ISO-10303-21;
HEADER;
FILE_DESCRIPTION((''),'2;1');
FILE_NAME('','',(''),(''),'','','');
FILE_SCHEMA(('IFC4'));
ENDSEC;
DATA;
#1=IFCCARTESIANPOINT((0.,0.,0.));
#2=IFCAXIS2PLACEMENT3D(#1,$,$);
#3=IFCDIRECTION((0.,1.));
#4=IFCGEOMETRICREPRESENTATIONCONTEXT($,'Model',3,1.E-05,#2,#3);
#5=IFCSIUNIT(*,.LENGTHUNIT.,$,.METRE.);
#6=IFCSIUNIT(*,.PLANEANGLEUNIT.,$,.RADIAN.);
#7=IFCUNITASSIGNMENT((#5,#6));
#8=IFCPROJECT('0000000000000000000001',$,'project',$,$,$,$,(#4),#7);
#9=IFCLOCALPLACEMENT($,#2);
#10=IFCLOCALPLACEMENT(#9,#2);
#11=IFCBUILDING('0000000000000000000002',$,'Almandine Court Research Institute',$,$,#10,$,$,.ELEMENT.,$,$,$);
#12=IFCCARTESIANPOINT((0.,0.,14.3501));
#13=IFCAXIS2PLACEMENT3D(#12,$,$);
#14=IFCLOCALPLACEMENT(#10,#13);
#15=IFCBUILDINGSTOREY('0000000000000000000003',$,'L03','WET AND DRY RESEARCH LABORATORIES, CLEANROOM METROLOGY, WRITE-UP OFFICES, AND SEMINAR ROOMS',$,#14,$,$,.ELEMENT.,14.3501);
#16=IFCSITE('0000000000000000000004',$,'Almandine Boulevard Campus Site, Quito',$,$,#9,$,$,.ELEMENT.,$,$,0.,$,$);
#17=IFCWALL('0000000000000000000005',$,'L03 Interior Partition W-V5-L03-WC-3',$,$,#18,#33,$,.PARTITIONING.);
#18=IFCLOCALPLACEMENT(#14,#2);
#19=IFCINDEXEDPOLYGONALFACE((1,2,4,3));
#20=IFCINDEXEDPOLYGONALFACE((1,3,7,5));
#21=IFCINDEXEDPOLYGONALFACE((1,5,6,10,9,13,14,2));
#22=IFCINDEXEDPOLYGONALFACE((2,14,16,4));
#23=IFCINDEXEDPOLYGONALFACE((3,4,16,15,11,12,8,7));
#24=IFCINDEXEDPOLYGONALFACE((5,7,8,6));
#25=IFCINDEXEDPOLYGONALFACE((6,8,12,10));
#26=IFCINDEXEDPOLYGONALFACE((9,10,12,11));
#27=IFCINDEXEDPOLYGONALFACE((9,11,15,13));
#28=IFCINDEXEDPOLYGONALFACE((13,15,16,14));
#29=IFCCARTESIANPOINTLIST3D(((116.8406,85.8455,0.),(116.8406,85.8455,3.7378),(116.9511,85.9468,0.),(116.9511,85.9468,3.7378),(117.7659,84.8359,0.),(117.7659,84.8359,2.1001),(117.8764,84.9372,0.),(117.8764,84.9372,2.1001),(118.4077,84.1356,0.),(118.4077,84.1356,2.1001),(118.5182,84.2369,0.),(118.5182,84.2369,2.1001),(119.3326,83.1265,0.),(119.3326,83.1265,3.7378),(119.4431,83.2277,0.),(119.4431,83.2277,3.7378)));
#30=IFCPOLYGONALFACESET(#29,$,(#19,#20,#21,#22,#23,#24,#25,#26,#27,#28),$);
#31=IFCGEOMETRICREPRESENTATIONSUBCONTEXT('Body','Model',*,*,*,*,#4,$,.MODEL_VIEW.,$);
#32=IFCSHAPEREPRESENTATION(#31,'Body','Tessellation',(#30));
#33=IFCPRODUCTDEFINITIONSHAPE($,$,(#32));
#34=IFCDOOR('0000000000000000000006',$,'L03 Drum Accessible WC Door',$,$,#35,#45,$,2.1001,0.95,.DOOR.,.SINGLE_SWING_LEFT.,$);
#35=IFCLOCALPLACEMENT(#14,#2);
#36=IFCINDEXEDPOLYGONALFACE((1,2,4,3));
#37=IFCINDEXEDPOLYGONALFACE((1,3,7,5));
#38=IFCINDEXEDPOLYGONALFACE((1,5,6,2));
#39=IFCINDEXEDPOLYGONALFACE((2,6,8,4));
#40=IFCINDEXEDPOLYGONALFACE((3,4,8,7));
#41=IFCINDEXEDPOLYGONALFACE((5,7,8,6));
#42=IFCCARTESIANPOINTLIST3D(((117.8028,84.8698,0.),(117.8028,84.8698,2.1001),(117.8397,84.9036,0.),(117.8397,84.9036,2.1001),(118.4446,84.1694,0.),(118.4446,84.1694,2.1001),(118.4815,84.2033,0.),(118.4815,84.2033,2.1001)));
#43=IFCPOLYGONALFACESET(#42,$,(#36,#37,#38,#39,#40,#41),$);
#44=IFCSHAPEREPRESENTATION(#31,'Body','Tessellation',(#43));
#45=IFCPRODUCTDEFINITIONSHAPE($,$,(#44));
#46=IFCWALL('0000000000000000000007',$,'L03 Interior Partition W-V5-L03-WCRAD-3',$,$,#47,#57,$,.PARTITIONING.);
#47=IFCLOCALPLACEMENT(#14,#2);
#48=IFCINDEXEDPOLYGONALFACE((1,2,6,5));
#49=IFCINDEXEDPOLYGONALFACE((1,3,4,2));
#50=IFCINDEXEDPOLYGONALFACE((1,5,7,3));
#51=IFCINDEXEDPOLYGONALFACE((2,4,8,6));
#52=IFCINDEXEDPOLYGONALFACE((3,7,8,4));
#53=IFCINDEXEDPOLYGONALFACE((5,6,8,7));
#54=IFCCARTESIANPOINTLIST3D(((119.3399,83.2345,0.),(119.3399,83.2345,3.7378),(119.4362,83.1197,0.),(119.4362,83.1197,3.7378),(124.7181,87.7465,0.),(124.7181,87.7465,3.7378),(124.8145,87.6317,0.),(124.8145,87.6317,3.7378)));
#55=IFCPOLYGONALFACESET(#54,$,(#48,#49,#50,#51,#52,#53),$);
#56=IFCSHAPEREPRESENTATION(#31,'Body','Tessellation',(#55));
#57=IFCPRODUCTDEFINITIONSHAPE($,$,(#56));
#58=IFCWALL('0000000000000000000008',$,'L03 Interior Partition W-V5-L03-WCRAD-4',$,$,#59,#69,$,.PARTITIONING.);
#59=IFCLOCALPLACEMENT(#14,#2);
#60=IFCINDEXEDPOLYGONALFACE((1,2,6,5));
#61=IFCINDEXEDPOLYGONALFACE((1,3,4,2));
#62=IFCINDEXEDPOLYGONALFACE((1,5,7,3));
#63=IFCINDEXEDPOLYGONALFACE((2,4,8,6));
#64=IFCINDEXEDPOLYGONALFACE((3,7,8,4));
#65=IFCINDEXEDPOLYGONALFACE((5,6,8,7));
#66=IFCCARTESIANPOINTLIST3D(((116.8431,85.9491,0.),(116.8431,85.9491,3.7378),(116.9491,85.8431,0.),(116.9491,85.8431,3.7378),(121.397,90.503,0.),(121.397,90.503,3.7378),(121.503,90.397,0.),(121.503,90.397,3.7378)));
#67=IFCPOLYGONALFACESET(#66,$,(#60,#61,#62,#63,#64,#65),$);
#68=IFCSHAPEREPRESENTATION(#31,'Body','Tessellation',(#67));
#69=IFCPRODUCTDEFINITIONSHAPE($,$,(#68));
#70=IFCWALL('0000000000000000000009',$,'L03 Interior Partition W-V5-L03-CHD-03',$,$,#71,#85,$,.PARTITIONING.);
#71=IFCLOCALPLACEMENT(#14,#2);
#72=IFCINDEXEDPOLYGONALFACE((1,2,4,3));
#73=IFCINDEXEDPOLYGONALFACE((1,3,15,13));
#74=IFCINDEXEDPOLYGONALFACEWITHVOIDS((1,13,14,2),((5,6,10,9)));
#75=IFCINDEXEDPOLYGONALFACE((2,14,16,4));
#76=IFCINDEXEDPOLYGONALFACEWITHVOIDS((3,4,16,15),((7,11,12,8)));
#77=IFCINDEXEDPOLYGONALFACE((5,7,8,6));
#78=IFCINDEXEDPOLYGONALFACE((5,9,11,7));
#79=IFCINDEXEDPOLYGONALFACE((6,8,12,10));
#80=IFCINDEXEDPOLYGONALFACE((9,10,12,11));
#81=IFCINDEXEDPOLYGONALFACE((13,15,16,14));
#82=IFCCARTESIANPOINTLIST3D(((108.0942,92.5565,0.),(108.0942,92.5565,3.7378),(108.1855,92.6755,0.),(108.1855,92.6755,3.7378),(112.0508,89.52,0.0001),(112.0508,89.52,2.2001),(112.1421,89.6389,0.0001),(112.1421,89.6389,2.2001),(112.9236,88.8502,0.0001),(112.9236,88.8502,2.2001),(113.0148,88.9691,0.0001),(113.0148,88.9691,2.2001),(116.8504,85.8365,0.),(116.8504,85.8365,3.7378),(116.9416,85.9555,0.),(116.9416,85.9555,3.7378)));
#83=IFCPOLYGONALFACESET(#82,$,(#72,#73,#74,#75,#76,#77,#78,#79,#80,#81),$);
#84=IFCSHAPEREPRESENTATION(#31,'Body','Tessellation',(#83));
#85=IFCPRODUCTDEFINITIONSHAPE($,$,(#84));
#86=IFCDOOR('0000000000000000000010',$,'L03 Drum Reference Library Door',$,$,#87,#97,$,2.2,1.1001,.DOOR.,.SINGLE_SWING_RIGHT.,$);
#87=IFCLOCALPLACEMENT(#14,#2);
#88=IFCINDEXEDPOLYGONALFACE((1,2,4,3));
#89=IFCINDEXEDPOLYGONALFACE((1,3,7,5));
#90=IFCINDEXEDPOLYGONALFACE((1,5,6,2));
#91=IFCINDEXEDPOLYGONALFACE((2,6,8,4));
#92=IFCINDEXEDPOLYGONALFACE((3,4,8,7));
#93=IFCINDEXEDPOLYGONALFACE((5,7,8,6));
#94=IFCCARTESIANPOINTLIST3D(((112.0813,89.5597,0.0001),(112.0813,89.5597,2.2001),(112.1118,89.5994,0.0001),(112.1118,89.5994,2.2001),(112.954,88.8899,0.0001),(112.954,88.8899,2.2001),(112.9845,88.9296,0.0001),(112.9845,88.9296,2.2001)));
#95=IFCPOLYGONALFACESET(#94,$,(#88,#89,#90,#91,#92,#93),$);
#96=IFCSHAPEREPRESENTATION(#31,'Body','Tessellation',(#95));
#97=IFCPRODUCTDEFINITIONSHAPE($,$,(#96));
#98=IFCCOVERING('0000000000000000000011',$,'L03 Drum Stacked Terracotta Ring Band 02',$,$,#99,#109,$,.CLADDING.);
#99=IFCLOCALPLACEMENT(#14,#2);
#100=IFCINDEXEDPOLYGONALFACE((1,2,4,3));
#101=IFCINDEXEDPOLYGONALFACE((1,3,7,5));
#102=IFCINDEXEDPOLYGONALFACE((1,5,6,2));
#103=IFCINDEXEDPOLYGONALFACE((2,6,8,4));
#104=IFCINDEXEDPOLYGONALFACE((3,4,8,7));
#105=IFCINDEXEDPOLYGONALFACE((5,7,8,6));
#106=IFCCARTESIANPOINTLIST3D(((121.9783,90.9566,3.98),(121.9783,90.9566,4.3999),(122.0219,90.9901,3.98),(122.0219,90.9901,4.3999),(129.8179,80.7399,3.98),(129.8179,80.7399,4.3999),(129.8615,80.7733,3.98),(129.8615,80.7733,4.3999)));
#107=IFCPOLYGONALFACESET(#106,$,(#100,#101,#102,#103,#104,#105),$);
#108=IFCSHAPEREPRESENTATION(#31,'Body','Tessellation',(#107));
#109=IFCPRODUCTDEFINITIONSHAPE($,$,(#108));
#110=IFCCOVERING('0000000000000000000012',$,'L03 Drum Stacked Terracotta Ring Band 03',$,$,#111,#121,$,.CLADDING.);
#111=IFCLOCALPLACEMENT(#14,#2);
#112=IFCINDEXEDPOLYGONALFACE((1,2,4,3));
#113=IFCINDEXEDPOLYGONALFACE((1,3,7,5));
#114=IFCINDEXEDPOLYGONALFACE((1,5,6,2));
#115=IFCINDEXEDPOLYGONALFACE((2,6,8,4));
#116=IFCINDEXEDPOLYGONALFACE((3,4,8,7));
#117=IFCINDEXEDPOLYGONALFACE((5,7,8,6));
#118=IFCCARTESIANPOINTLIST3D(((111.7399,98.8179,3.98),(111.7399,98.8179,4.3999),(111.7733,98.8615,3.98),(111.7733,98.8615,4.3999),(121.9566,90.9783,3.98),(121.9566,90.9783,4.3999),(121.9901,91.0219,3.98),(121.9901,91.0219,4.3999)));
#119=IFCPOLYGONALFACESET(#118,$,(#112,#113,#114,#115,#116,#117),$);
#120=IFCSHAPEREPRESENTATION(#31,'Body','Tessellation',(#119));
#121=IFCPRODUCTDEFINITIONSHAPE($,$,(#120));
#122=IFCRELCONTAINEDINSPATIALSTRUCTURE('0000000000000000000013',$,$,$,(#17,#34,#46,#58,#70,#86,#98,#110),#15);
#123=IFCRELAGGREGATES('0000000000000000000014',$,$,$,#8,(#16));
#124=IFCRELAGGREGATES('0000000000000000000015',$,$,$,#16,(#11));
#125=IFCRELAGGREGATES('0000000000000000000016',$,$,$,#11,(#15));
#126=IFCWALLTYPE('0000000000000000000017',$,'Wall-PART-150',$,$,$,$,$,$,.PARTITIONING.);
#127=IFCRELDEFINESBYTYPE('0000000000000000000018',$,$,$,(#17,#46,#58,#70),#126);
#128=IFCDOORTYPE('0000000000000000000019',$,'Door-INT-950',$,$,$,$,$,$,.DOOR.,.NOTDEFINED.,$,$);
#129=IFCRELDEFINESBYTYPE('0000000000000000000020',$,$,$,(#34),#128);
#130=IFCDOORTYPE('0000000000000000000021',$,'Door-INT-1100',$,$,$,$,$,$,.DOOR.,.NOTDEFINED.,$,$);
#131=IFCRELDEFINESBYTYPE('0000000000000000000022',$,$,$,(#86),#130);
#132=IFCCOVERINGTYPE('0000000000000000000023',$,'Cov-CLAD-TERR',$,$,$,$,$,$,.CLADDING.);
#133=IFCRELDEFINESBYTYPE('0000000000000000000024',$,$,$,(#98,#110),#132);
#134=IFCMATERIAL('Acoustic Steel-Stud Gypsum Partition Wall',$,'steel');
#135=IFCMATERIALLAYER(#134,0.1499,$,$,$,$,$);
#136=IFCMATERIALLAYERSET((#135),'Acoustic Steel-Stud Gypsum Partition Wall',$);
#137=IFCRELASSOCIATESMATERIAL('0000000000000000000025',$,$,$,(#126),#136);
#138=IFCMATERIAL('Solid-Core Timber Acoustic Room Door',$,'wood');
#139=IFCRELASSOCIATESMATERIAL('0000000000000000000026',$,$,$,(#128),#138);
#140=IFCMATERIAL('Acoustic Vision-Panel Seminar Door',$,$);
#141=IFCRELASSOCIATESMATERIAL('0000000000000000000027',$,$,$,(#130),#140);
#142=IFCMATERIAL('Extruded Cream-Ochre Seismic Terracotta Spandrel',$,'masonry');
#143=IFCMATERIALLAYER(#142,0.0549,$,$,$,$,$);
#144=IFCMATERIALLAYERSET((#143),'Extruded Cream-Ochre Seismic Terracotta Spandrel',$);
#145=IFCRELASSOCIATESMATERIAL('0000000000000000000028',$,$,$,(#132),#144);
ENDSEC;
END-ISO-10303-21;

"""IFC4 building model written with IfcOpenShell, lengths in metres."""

from ifc_helpers import new_model, si_unit, direction, frame, frame_2d, origin, origin_2d, place, context, subcontext, project, spatial, rectangle, extrude, material, layer, layer_set, type_object, element, fill, save


model = new_model("IFC4")

# Units and contexts
model_context = context("Model", 3, precision=1e-05, world=origin(), true_north=direction((0.0, 1.0)))
body_context = subcontext(model_context, "Body", "Model", "MODEL_VIEW")
ifc_project = project(units=[si_unit("LENGTHUNIT", "METRE"), si_unit("PLANEANGLEUNIT", "RADIAN")], contexts=[model_context])

# Site, building, storey
site_placement = place(None, origin())
site = spatial("IfcSite", under=ifc_project, at=site_placement, Name="Almandine Boulevard Campus Site, Quito", CompositionType="ELEMENT", RefElevation=0.0)
building_placement = place(site_placement, origin())
building = spatial("IfcBuilding", under=site, at=building_placement, Name="Almandine Court Research Institute", CompositionType="ELEMENT")
storey_placement = place(building_placement, frame((0.0, 0.0, 14.3501)))
storey = spatial("IfcBuildingStorey", under=building, at=storey_placement, Name="L03", Description="WET AND DRY RESEARCH LABORATORIES, CLEANROOM METROLOGY, WRITE-UP OFFICES, AND SEMINAR ROOMS", CompositionType="ELEMENT", Elevation=14.3501)

# Wall, opening, door
ifc_material_1 = material(Name="Acoustic Steel-Stud Gypsum Partition Wall", Category="steel")
ifc_layer_1 = layer(ifc_material_1, 0.1499)
ifc_layer_set_1 = layer_set([ifc_layer_1], Name="Acoustic Steel-Stud Gypsum Partition Wall")
wall_type = type_object("IfcWallType", Name="Wall-PART-150", PredefinedType="PARTITIONING", material=ifc_layer_set_1)
wall_1_placement = place(storey_placement, frame((119.3879, 83.177, 0.0), z_axis=(0.0, 0.0, 1.0), x_axis=(-0.675656, 0.737217, 0.0)))
wall_1 = element("IfcWall", 1, at=wall_1_placement, inside=storey, type_object=wall_type, Name="L03 Interior Partition W-V5-L03-WC-3", PredefinedType="PARTITIONING", context=body_context, shape_type="SweptSolid", body=[
    extrude(rectangle(XDim=3.6882, YDim=0.1499, at=frame_2d((1.8442, 0.0))), origin(), (0.0, 0.0, 1.0), 3.7378),
])
opening_1_placement = place(wall_1_placement, frame((1.3689, 0.0, 0.0)))
opening_1 = element("IfcOpeningElement", 2, at=opening_1_placement, cuts=wall_1, PredefinedType="OPENING", context=body_context, shape_type="SweptSolid", body=[
    extrude(rectangle(XDim=0.95, YDim=2.1001, at=frame_2d((0.4751, 1.05))), frame((0.0, 0.085, 0.0), z_axis=(0.0, -1.0, 0.0), x_axis=(1.0, 0.0, 0.0)), (0.0, 0.0, 1.0), 0.1699),
])
ifc_material_2 = material(Name="Solid-Core Timber Acoustic Room Door", Category="wood")
door_type_1 = type_object("IfcDoorType", Name="Door-INT-950", OperationType="NOTDEFINED", PredefinedType="DOOR", material=ifc_material_2)
door_1_placement = place(opening_1_placement, origin())
door_1 = element("IfcDoor", 3, at=door_1_placement, inside=storey, type_object=door_type_1, Name="L03 Drum Accessible WC Door", OperationType="SINGLE_SWING_LEFT", OverallHeight=2.1001, OverallWidth=0.95, PredefinedType="DOOR", context=body_context, shape_type="SweptSolid", body=[
    extrude(rectangle(XDim=0.95, YDim=2.1001, at=frame_2d((0.4751, 1.05))), frame((0.0, 0.0249, 0.0), z_axis=(0.0, -1.0, 0.0), x_axis=(1.0, 0.0, 0.0)), (0.0, 0.0, 1.0), 0.05),
])
fill(opening_1, door_1)

# Walls
wall_2_placement = place(storey_placement, frame((119.3879, 83.177, 0.0), z_axis=(0.0, 0.0, 1.0), x_axis=(0.766105, 0.642716, 0.0)))
element("IfcWall", 4, at=wall_2_placement, inside=storey, type_object=wall_type, Name="L03 Interior Partition W-V5-L03-WCRAD-3", PredefinedType="PARTITIONING", context=body_context, shape_type="SweptSolid", body=[
    extrude(rectangle(XDim=7.0203, YDim=0.1499, at=frame_2d((3.5103, 0.0))), origin(), (0.0, 0.0, 1.0), 3.7378),
])
wall_3_placement = place(storey_placement, frame((116.896, 85.896, 0.0), z_axis=(0.0, 0.0, 1.0), x_axis=(0.707107, 0.707107, 0.0)))
element("IfcWall", 5, at=wall_3_placement, inside=storey, type_object=wall_type, Name="L03 Interior Partition W-V5-L03-WCRAD-4", PredefinedType="PARTITIONING", context=body_context, shape_type="SweptSolid", body=[
    extrude(rectangle(XDim=6.4402, YDim=0.1499, at=frame_2d((3.2202, 0.0))), origin(), (0.0, 0.0, 1.0), 3.7378),
])

# Wall, opening, door
wall_4_placement = place(storey_placement, frame((116.896, 85.896, 0.0), z_axis=(0.0, 0.0, 1.0), x_axis=(-0.793302, 0.608828, 0.0)))
wall_4 = element("IfcWall", 6, at=wall_4_placement, inside=storey, type_object=wall_type, Name="L03 Interior Partition W-V5-L03-CHD-03", PredefinedType="PARTITIONING", context=body_context, shape_type="SweptSolid", body=[
    extrude(rectangle(XDim=11.0376, YDim=0.1499, at=frame_2d((5.5188, 0.0))), origin(), (0.0, 0.0, 1.0), 3.7378),
])
opening_2_placement = place(wall_4_placement, frame((4.95, 0.0, 0.0)))
opening_2 = element("IfcOpeningElement", 7, at=opening_2_placement, cuts=wall_4, PredefinedType="OPENING", context=body_context, shape_type="SweptSolid", body=[
    extrude(rectangle(XDim=1.1001, YDim=2.2, at=frame_2d((0.55, 1.1001))), frame((0.0, 0.085, 0.0), z_axis=(0.0, -1.0, 0.0), x_axis=(1.0, 0.0, 0.0)), (0.0, 0.0, 1.0), 0.1699),
])
ifc_material_3 = material(Name="Acoustic Vision-Panel Seminar Door")
door_type_2 = type_object("IfcDoorType", Name="Door-INT-1100", OperationType="NOTDEFINED", PredefinedType="DOOR", material=ifc_material_3)
door_2_placement = place(opening_2_placement, origin())
door_2 = element("IfcDoor", 8, at=door_2_placement, inside=storey, type_object=door_type_2, Name="L03 Drum Reference Library Door", OperationType="SINGLE_SWING_RIGHT", OverallHeight=2.2, OverallWidth=1.1001, PredefinedType="DOOR", context=body_context, shape_type="SweptSolid", body=[
    extrude(rectangle(XDim=1.1001, YDim=2.2, at=frame_2d((0.55, 1.1001))), frame((0.0, 0.0249, 0.0), z_axis=(0.0, -1.0, 0.0), x_axis=(1.0, 0.0, 0.0)), (0.0, 0.0, 1.0), 0.05),
])
fill(opening_2, door_2)

# Coverings
ifc_material_4 = material(Name="Extruded Cream-Ochre Seismic Terracotta Spandrel", Category="masonry")
ifc_layer_2 = layer(ifc_material_4, 0.0549)
ifc_layer_set_2 = layer_set([ifc_layer_2], Name="Extruded Cream-Ochre Seismic Terracotta Spandrel")
covering_type = type_object("IfcCoveringType", Name="Cov-CLAD-TERR", PredefinedType="CLADDING", material=ifc_layer_set_2)
for number, where, z_axis, x_axis, name in (
    (9, (125.9199, 85.865, 3.98), (0.0, 0.0, 1.0), (0.608761, -0.793353, 0.0), "L03 Drum Stacked Terracotta Ring Band 02"),
    (10, (116.865, 94.9199, 3.98), (0.0, 0.0, 1.0), (0.793353, -0.608761, 0.0), "L03 Drum Stacked Terracotta Ring Band 03"),
):
    element("IfcCovering", number, at=place(storey_placement, frame(where, z_axis=z_axis, x_axis=x_axis)), inside=storey, type_object=covering_type, Name=name, PredefinedType="CLADDING", context=body_context, shape_type="SweptSolid", body=[
        extrude(rectangle(XDim=12.8779, YDim=0.0549, at=origin_2d()), origin(), (0.0, 0.0, 1.0), 0.4199),
    ])

save(model, "model.ifc")
